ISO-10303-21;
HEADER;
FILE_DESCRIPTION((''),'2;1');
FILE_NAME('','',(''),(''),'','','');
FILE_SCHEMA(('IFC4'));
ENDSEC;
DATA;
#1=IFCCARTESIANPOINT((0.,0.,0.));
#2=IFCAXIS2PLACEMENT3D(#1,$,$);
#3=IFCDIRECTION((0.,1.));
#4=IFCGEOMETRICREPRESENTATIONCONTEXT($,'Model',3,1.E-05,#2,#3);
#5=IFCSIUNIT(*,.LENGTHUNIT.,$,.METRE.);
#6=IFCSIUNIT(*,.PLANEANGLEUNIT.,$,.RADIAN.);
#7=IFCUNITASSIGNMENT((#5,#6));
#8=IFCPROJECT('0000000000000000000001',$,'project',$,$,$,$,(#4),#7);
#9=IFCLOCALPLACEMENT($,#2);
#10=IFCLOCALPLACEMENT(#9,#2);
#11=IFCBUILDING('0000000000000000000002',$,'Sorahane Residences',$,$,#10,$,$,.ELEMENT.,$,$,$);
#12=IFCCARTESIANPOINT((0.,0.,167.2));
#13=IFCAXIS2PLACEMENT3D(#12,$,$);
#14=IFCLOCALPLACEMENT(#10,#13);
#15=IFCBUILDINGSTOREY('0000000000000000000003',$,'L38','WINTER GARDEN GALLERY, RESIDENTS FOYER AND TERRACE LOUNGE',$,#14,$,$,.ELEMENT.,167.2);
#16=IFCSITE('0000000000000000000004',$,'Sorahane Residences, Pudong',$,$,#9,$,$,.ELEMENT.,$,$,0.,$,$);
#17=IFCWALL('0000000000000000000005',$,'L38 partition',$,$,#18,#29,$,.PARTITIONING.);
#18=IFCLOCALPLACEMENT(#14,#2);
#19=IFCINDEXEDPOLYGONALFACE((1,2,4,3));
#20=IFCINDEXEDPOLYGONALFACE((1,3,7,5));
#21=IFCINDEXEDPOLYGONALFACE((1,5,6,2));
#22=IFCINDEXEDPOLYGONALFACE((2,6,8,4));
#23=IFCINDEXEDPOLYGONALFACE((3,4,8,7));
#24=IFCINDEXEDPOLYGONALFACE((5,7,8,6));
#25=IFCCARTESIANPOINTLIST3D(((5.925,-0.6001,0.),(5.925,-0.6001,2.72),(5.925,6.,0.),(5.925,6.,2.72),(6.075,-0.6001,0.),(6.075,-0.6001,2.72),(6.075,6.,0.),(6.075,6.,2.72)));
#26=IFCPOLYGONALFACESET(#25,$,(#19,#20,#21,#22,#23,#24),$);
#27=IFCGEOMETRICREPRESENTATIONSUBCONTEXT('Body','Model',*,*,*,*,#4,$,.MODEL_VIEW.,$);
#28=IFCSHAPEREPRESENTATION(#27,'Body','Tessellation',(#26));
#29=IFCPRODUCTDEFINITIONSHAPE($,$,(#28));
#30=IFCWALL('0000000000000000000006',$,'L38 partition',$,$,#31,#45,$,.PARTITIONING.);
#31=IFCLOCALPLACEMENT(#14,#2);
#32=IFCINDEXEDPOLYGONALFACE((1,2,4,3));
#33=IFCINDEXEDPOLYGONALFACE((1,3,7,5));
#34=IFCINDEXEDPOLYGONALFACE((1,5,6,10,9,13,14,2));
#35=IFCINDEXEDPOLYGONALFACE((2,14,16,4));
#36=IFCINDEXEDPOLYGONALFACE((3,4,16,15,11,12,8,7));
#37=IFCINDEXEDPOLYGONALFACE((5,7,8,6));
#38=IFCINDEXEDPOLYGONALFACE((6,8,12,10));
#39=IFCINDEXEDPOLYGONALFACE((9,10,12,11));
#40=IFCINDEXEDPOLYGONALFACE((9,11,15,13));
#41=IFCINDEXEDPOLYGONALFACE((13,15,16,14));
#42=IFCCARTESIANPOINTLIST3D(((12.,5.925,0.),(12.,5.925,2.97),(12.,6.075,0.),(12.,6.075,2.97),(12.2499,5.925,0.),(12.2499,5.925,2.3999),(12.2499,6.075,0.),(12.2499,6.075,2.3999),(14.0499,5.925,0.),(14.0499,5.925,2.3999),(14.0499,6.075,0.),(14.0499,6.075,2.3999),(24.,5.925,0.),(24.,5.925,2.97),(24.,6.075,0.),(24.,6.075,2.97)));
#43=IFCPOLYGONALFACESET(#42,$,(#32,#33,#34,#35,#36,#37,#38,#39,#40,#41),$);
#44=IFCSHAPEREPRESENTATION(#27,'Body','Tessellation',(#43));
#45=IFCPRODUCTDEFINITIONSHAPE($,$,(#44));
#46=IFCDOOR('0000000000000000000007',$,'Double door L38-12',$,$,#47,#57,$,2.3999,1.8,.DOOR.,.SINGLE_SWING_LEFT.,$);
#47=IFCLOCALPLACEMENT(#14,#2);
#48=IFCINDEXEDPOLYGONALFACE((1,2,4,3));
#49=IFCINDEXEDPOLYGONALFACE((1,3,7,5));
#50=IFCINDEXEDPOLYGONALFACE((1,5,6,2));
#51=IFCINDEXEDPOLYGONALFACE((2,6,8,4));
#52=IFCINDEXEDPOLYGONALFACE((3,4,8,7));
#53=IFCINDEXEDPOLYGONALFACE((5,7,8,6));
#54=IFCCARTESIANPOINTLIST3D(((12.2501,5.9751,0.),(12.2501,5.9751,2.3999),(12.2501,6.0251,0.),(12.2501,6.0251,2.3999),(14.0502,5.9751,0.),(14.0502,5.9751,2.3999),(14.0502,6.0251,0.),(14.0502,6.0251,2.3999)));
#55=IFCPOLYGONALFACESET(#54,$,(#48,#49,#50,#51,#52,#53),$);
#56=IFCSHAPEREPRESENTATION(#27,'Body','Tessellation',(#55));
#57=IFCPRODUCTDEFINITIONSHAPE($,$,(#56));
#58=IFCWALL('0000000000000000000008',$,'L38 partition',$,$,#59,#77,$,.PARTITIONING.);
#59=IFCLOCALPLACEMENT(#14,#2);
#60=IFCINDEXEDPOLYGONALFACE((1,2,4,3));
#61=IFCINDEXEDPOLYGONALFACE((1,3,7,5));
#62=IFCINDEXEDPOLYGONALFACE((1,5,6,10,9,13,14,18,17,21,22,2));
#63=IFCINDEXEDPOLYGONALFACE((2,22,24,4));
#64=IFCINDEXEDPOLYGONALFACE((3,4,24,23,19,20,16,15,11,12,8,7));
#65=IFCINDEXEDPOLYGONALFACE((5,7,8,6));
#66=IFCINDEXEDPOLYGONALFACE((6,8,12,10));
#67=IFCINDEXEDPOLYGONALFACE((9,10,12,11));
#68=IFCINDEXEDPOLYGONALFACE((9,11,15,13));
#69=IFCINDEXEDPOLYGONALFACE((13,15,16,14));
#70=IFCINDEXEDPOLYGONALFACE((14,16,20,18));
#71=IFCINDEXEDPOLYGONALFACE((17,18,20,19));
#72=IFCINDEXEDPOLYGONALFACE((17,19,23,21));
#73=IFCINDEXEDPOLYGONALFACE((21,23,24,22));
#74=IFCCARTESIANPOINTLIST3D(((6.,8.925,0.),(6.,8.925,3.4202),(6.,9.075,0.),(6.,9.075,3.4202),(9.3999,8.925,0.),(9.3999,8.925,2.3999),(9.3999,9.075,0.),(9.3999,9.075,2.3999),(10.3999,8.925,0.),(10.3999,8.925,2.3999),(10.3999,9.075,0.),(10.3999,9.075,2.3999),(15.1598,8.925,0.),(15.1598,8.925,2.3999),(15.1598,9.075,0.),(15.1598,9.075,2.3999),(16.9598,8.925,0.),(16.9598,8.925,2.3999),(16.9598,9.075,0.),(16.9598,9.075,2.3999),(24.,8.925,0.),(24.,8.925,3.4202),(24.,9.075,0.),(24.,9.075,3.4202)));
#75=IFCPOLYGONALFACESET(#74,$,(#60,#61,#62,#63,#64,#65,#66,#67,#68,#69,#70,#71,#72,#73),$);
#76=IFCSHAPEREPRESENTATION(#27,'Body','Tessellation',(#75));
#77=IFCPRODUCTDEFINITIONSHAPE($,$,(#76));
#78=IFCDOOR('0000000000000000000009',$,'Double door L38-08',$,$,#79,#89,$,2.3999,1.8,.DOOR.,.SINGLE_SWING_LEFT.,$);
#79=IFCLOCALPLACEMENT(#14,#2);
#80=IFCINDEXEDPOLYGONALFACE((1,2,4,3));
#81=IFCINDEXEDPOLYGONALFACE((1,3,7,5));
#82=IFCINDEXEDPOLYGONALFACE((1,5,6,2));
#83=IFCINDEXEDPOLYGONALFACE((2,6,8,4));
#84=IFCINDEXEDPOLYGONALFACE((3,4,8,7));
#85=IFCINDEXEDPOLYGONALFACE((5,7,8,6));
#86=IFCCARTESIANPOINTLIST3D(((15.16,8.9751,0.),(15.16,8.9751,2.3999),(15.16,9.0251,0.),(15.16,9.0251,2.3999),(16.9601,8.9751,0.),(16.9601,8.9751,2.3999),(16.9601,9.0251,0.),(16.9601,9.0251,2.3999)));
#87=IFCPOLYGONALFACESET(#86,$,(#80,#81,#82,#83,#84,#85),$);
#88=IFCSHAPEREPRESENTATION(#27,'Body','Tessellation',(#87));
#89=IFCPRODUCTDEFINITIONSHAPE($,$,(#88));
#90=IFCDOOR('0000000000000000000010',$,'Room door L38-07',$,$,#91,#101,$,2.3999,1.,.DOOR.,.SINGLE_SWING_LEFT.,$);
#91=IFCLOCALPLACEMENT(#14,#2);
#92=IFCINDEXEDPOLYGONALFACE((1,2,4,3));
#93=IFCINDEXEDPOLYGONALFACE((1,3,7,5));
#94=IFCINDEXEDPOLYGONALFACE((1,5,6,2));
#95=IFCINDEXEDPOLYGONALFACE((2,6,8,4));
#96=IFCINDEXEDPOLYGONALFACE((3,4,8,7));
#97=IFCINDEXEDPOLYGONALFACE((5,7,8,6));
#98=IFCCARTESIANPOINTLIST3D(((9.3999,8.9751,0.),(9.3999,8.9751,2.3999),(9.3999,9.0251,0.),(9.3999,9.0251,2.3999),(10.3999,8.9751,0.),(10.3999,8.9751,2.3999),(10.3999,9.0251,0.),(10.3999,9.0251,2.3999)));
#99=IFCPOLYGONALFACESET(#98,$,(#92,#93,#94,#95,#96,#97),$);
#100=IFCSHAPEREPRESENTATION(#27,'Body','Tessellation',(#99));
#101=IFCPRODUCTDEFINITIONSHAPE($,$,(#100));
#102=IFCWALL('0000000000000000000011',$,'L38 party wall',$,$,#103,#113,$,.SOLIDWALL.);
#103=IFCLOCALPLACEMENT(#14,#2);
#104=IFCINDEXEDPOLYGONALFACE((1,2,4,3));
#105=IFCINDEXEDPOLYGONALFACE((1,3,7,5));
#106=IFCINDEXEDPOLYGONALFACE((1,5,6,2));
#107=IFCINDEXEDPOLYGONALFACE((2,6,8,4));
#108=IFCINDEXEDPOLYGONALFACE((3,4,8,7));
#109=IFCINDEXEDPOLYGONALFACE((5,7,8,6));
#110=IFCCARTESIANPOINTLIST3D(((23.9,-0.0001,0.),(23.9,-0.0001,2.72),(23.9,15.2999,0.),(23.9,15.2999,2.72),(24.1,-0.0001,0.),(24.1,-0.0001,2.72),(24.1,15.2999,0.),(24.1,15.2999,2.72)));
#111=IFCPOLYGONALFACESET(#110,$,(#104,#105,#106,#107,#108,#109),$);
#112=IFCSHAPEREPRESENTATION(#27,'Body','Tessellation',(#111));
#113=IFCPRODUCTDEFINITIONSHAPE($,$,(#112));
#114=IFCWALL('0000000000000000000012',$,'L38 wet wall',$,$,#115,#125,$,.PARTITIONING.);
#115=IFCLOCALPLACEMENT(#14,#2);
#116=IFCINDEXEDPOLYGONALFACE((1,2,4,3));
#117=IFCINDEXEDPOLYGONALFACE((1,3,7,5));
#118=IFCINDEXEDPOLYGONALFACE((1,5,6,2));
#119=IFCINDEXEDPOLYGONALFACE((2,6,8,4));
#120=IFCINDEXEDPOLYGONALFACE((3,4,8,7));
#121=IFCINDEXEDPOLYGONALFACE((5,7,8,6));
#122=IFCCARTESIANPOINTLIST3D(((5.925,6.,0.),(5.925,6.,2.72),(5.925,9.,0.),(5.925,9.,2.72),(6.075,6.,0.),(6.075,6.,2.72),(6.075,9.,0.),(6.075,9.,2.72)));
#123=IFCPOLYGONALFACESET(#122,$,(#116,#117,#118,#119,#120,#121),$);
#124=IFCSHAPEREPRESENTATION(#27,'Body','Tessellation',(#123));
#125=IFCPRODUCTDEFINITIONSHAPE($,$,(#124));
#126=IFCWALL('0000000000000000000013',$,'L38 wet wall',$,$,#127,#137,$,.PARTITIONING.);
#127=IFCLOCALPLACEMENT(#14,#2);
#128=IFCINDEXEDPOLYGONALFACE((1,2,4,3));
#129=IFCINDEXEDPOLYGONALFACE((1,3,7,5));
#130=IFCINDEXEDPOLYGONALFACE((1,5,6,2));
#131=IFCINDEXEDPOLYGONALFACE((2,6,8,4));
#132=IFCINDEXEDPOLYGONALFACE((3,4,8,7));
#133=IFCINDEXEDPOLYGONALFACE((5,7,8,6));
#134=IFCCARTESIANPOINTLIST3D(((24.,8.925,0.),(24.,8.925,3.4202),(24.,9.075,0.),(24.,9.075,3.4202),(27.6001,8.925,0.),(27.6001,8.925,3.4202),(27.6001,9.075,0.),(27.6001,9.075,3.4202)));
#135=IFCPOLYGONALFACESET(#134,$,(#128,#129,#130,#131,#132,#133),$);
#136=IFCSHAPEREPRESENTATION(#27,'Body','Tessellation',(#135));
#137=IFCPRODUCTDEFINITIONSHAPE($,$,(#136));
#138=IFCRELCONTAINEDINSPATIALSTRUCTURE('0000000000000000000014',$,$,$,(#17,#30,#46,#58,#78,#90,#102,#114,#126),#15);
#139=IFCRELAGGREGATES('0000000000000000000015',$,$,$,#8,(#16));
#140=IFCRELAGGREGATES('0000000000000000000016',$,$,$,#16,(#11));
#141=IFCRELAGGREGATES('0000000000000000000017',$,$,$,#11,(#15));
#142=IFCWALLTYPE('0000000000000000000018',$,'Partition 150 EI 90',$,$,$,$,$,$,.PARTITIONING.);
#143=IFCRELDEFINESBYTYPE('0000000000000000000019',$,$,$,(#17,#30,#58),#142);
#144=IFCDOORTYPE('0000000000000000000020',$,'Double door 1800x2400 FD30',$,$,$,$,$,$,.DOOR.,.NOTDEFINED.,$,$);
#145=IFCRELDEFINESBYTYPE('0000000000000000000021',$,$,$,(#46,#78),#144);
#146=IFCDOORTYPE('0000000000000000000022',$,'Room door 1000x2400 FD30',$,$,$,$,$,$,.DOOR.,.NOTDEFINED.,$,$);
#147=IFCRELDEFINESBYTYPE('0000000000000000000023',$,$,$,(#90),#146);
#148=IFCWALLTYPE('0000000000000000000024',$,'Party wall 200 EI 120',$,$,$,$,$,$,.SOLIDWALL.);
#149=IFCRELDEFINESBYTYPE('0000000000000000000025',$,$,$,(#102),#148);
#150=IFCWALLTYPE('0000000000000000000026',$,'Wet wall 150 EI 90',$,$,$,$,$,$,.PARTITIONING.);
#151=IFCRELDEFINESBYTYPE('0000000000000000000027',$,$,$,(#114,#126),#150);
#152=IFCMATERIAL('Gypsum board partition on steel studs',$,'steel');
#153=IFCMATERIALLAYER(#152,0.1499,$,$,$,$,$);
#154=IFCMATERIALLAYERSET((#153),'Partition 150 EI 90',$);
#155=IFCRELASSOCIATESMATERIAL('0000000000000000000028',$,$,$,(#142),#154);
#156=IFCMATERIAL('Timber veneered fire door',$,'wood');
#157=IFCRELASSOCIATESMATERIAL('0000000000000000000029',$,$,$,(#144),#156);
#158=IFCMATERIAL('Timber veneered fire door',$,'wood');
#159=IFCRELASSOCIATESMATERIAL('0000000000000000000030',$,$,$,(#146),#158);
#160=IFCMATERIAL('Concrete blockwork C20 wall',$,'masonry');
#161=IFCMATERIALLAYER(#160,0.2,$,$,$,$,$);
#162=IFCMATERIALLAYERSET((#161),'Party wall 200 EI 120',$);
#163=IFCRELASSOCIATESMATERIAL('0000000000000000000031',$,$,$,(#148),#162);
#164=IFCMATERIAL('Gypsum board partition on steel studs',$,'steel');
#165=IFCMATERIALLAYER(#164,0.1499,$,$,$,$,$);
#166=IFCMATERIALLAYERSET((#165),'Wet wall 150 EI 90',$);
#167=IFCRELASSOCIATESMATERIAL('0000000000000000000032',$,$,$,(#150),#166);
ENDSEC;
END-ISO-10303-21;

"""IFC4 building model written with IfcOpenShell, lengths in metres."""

from ifc_helpers import new_model, si_unit, direction, frame, frame_2d, origin, place, context, subcontext, project, spatial, rectangle, extrude, material, layer, layer_set, type_object, element, fill, save


model = new_model("IFC4")

# Units and contexts
model_context = context("Model", 3, precision=1e-05, world=origin(), true_north=direction((0.0, 1.0)))
body_context = subcontext(model_context, "Body", "Model", "MODEL_VIEW")
ifc_project = project(units=[si_unit("LENGTHUNIT", "METRE"), si_unit("PLANEANGLEUNIT", "RADIAN")], contexts=[model_context])

# Site, building, storey
site_placement = place(None, origin())
site = spatial("IfcSite", under=ifc_project, at=site_placement, Name="Sorahane Residences, Pudong", CompositionType="ELEMENT", RefElevation=0.0)
building_placement = place(site_placement, origin())
building = spatial("IfcBuilding", under=site, at=building_placement, Name="Sorahane Residences", CompositionType="ELEMENT")
storey_placement = place(building_placement, frame((0.0, 0.0, 167.2)))
storey = spatial("IfcBuildingStorey", under=building, at=storey_placement, Name="L38", Description="WINTER GARDEN GALLERY, RESIDENTS FOYER AND TERRACE LOUNGE", CompositionType="ELEMENT", Elevation=167.2)

# Wall
ifc_material_1 = material(Name="Gypsum board partition on steel studs", Category="steel")
ifc_layer_1 = layer(ifc_material_1, 0.1499)
ifc_layer_set_1 = layer_set([ifc_layer_1], Name="Partition 150 EI 90")
wall_type_1 = type_object("IfcWallType", Name="Partition 150 EI 90", PredefinedType="PARTITIONING", material=ifc_layer_set_1)
wall_1_placement = place(storey_placement, frame((6.0, -0.6001, 0.0), z_axis=(0.0, 0.0, 1.0), x_axis=(0.0, 1.0, 0.0)))
element("IfcWall", 1, at=wall_1_placement, inside=storey, type_object=wall_type_1, Name="L38 partition", PredefinedType="PARTITIONING", context=body_context, shape_type="SweptSolid", body=[
    extrude(rectangle(XDim=6.6001, YDim=0.1499, at=frame_2d((3.3, 0.0))), origin(), (0.0, 0.0, 1.0), 2.72),
])

# Wall, opening, door
wall_2_placement = place(storey_placement, frame((12.0, 6.0, 0.0), z_axis=(0.0, 0.0, 1.0), x_axis=(1.0, 0.0, 0.0)))
wall_2 = element("IfcWall", 2, at=wall_2_placement, inside=storey, type_object=wall_type_1, Name="L38 partition", PredefinedType="PARTITIONING", context=body_context, shape_type="SweptSolid", body=[
    extrude(rectangle(XDim=12.0, YDim=0.1499, at=frame_2d((6.0, 0.0))), origin(), (0.0, 0.0, 1.0), 2.97),
])
opening_1_placement = place(wall_2_placement, frame((0.25, 0.0, 0.0)))
opening_1 = element("IfcOpeningElement", 3, at=opening_1_placement, cuts=wall_2, PredefinedType="OPENING", context=body_context, shape_type="SweptSolid", body=[
    extrude(rectangle(XDim=1.8, YDim=2.3999, at=frame_2d((0.8999, 1.2))), frame((0.0, 0.085, 0.0), z_axis=(0.0, -1.0, 0.0), x_axis=(1.0, 0.0, 0.0)), (0.0, 0.0, 1.0), 0.1699),
])
ifc_material_2 = material(Name="Timber veneered fire door", Category="wood")
door_type_1 = type_object("IfcDoorType", Name="Double door 1800x2400 FD30", OperationType="NOTDEFINED", PredefinedType="DOOR", material=ifc_material_2)
door_1_placement = place(opening_1_placement, frame((1.8, 0.0, 0.0), z_axis=(0.0, 0.0, 1.0), x_axis=(-1.0, 0.0, 0.0)))
door_1 = element("IfcDoor", 4, at=door_1_placement, inside=storey, type_object=door_type_1, Name="Double door L38-12", OperationType="SINGLE_SWING_LEFT", OverallHeight=2.3999, OverallWidth=1.8, PredefinedType="DOOR", context=body_context, shape_type="SweptSolid", body=[
    extrude(rectangle(XDim=1.8, YDim=2.3999, at=frame_2d((0.8999, 1.2))), frame((0.0, 0.0249, 0.0), z_axis=(0.0, -1.0, 0.0), x_axis=(1.0, 0.0, 0.0)), (0.0, 0.0, 1.0), 0.05),
])
fill(opening_1, door_1)

# Wall, openings, doors
wall_3_placement = place(storey_placement, frame((6.0, 9.0, 0.0), z_axis=(0.0, 0.0, 1.0), x_axis=(1.0, 0.0, 0.0)))
wall_3 = element("IfcWall", 5, at=wall_3_placement, inside=storey, type_object=wall_type_1, Name="L38 partition", PredefinedType="PARTITIONING", context=body_context, shape_type="SweptSolid", body=[
    extrude(rectangle(XDim=18.0, YDim=0.1499, at=frame_2d((9.0, 0.0))), origin(), (0.0, 0.0, 1.0), 3.4202),
])
opening_2_placement = place(wall_3_placement, frame((3.3999, 0.0, 0.0)))
opening_2 = element("IfcOpeningElement", 6, at=opening_2_placement, cuts=wall_3, PredefinedType="OPENING", context=body_context, shape_type="SweptSolid", body=[
    extrude(rectangle(XDim=1.0, YDim=2.3999, at=frame_2d((0.5, 1.2))), frame((0.0, 0.085, 0.0), z_axis=(0.0, -1.0, 0.0), x_axis=(1.0, 0.0, 0.0)), (0.0, 0.0, 1.0), 0.1699),
])
opening_3_placement = place(wall_3_placement, frame((9.1599, 0.0, 0.0)))
opening_3 = element("IfcOpeningElement", 7, at=opening_3_placement, cuts=wall_3, PredefinedType="OPENING", context=body_context, shape_type="SweptSolid", body=[
    extrude(rectangle(XDim=1.8, YDim=2.3999, at=frame_2d((0.8999, 1.2))), frame((0.0, 0.085, 0.0), z_axis=(0.0, -1.0, 0.0), x_axis=(1.0, 0.0, 0.0)), (0.0, 0.0, 1.0), 0.1699),
])
door_2_placement = place(opening_3_placement, frame((1.8, 0.0, 0.0), z_axis=(0.0, 0.0, 1.0), x_axis=(-1.0, 0.0, 0.0)))
door_2 = element("IfcDoor", 8, at=door_2_placement, inside=storey, type_object=door_type_1, Name="Double door L38-08", OperationType="SINGLE_SWING_LEFT", OverallHeight=2.3999, OverallWidth=1.8, PredefinedType="DOOR", context=body_context, shape_type="SweptSolid", body=[
    extrude(rectangle(XDim=1.8, YDim=2.3999, at=frame_2d((0.8999, 1.2))), frame((0.0, 0.0249, 0.0), z_axis=(0.0, -1.0, 0.0), x_axis=(1.0, 0.0, 0.0)), (0.0, 0.0, 1.0), 0.05),
])
fill(opening_3, door_2)
ifc_material_3 = material(Name="Timber veneered fire door", Category="wood")
door_type_2 = type_object("IfcDoorType", Name="Room door 1000x2400 FD30", OperationType="NOTDEFINED", PredefinedType="DOOR", material=ifc_material_3)
door_3_placement = place(opening_2_placement, frame((1.0, 0.0, 0.0), z_axis=(0.0, 0.0, 1.0), x_axis=(-1.0, 0.0, 0.0)))
door_3 = element("IfcDoor", 9, at=door_3_placement, inside=storey, type_object=door_type_2, Name="Room door L38-07", OperationType="SINGLE_SWING_LEFT", OverallHeight=2.3999, OverallWidth=1.0, PredefinedType="DOOR", context=body_context, shape_type="SweptSolid", body=[
    extrude(rectangle(XDim=1.0, YDim=2.3999, at=frame_2d((0.5, 1.2))), frame((0.0, 0.0249, 0.0), z_axis=(0.0, -1.0, 0.0), x_axis=(1.0, 0.0, 0.0)), (0.0, 0.0, 1.0), 0.05),
])
fill(opening_2, door_3)

# Walls
ifc_material_4 = material(Name="Concrete blockwork C20 wall", Category="masonry")
ifc_layer_2 = layer(ifc_material_4, 0.2)
ifc_layer_set_2 = layer_set([ifc_layer_2], Name="Party wall 200 EI 120")
wall_type_2 = type_object("IfcWallType", Name="Party wall 200 EI 120", PredefinedType="SOLIDWALL", material=ifc_layer_set_2)
wall_4_placement = place(storey_placement, frame((24.0, 0.0, 0.0), z_axis=(0.0, 0.0, 1.0), x_axis=(0.0, 1.0, 0.0)))
element("IfcWall", 10, at=wall_4_placement, inside=storey, type_object=wall_type_2, Name="L38 party wall", PredefinedType="SOLIDWALL", context=body_context, shape_type="SweptSolid", body=[
    extrude(rectangle(XDim=15.3, YDim=0.2, at=frame_2d((7.6499, 0.0))), origin(), (0.0, 0.0, 1.0), 2.72),
])
ifc_material_5 = material(Name="Gypsum board partition on steel studs", Category="steel")
ifc_layer_3 = layer(ifc_material_5, 0.1499)
ifc_layer_set_3 = layer_set([ifc_layer_3], Name="Wet wall 150 EI 90")
wall_type_3 = type_object("IfcWallType", Name="Wet wall 150 EI 90", PredefinedType="PARTITIONING", material=ifc_layer_set_3)
wall_5_placement = place(storey_placement, frame((6.0, 6.0, 0.0), z_axis=(0.0, 0.0, 1.0), x_axis=(0.0, 1.0, 0.0)))
element("IfcWall", 11, at=wall_5_placement, inside=storey, type_object=wall_type_3, Name="L38 wet wall", PredefinedType="PARTITIONING", context=body_context, shape_type="SweptSolid", body=[
    extrude(rectangle(XDim=3.0, YDim=0.1499, at=frame_2d((1.5, 0.0))), origin(), (0.0, 0.0, 1.0), 2.72),
])

# Wall
wall_6_placement = place(storey_placement, frame((24.0, 9.0, 0.0), z_axis=(0.0, 0.0, 1.0), x_axis=(1.0, 0.0, 0.0)))
element("IfcWall", 12, at=wall_6_placement, inside=storey, type_object=wall_type_3, Name="L38 wet wall", PredefinedType="PARTITIONING", context=body_context, shape_type="SweptSolid", body=[
    extrude(rectangle(XDim=3.6001, YDim=0.1499, at=frame_2d((1.8, 0.0))), origin(), (0.0, 0.0, 1.0), 3.4202),
])

save(model, "model.ifc")
